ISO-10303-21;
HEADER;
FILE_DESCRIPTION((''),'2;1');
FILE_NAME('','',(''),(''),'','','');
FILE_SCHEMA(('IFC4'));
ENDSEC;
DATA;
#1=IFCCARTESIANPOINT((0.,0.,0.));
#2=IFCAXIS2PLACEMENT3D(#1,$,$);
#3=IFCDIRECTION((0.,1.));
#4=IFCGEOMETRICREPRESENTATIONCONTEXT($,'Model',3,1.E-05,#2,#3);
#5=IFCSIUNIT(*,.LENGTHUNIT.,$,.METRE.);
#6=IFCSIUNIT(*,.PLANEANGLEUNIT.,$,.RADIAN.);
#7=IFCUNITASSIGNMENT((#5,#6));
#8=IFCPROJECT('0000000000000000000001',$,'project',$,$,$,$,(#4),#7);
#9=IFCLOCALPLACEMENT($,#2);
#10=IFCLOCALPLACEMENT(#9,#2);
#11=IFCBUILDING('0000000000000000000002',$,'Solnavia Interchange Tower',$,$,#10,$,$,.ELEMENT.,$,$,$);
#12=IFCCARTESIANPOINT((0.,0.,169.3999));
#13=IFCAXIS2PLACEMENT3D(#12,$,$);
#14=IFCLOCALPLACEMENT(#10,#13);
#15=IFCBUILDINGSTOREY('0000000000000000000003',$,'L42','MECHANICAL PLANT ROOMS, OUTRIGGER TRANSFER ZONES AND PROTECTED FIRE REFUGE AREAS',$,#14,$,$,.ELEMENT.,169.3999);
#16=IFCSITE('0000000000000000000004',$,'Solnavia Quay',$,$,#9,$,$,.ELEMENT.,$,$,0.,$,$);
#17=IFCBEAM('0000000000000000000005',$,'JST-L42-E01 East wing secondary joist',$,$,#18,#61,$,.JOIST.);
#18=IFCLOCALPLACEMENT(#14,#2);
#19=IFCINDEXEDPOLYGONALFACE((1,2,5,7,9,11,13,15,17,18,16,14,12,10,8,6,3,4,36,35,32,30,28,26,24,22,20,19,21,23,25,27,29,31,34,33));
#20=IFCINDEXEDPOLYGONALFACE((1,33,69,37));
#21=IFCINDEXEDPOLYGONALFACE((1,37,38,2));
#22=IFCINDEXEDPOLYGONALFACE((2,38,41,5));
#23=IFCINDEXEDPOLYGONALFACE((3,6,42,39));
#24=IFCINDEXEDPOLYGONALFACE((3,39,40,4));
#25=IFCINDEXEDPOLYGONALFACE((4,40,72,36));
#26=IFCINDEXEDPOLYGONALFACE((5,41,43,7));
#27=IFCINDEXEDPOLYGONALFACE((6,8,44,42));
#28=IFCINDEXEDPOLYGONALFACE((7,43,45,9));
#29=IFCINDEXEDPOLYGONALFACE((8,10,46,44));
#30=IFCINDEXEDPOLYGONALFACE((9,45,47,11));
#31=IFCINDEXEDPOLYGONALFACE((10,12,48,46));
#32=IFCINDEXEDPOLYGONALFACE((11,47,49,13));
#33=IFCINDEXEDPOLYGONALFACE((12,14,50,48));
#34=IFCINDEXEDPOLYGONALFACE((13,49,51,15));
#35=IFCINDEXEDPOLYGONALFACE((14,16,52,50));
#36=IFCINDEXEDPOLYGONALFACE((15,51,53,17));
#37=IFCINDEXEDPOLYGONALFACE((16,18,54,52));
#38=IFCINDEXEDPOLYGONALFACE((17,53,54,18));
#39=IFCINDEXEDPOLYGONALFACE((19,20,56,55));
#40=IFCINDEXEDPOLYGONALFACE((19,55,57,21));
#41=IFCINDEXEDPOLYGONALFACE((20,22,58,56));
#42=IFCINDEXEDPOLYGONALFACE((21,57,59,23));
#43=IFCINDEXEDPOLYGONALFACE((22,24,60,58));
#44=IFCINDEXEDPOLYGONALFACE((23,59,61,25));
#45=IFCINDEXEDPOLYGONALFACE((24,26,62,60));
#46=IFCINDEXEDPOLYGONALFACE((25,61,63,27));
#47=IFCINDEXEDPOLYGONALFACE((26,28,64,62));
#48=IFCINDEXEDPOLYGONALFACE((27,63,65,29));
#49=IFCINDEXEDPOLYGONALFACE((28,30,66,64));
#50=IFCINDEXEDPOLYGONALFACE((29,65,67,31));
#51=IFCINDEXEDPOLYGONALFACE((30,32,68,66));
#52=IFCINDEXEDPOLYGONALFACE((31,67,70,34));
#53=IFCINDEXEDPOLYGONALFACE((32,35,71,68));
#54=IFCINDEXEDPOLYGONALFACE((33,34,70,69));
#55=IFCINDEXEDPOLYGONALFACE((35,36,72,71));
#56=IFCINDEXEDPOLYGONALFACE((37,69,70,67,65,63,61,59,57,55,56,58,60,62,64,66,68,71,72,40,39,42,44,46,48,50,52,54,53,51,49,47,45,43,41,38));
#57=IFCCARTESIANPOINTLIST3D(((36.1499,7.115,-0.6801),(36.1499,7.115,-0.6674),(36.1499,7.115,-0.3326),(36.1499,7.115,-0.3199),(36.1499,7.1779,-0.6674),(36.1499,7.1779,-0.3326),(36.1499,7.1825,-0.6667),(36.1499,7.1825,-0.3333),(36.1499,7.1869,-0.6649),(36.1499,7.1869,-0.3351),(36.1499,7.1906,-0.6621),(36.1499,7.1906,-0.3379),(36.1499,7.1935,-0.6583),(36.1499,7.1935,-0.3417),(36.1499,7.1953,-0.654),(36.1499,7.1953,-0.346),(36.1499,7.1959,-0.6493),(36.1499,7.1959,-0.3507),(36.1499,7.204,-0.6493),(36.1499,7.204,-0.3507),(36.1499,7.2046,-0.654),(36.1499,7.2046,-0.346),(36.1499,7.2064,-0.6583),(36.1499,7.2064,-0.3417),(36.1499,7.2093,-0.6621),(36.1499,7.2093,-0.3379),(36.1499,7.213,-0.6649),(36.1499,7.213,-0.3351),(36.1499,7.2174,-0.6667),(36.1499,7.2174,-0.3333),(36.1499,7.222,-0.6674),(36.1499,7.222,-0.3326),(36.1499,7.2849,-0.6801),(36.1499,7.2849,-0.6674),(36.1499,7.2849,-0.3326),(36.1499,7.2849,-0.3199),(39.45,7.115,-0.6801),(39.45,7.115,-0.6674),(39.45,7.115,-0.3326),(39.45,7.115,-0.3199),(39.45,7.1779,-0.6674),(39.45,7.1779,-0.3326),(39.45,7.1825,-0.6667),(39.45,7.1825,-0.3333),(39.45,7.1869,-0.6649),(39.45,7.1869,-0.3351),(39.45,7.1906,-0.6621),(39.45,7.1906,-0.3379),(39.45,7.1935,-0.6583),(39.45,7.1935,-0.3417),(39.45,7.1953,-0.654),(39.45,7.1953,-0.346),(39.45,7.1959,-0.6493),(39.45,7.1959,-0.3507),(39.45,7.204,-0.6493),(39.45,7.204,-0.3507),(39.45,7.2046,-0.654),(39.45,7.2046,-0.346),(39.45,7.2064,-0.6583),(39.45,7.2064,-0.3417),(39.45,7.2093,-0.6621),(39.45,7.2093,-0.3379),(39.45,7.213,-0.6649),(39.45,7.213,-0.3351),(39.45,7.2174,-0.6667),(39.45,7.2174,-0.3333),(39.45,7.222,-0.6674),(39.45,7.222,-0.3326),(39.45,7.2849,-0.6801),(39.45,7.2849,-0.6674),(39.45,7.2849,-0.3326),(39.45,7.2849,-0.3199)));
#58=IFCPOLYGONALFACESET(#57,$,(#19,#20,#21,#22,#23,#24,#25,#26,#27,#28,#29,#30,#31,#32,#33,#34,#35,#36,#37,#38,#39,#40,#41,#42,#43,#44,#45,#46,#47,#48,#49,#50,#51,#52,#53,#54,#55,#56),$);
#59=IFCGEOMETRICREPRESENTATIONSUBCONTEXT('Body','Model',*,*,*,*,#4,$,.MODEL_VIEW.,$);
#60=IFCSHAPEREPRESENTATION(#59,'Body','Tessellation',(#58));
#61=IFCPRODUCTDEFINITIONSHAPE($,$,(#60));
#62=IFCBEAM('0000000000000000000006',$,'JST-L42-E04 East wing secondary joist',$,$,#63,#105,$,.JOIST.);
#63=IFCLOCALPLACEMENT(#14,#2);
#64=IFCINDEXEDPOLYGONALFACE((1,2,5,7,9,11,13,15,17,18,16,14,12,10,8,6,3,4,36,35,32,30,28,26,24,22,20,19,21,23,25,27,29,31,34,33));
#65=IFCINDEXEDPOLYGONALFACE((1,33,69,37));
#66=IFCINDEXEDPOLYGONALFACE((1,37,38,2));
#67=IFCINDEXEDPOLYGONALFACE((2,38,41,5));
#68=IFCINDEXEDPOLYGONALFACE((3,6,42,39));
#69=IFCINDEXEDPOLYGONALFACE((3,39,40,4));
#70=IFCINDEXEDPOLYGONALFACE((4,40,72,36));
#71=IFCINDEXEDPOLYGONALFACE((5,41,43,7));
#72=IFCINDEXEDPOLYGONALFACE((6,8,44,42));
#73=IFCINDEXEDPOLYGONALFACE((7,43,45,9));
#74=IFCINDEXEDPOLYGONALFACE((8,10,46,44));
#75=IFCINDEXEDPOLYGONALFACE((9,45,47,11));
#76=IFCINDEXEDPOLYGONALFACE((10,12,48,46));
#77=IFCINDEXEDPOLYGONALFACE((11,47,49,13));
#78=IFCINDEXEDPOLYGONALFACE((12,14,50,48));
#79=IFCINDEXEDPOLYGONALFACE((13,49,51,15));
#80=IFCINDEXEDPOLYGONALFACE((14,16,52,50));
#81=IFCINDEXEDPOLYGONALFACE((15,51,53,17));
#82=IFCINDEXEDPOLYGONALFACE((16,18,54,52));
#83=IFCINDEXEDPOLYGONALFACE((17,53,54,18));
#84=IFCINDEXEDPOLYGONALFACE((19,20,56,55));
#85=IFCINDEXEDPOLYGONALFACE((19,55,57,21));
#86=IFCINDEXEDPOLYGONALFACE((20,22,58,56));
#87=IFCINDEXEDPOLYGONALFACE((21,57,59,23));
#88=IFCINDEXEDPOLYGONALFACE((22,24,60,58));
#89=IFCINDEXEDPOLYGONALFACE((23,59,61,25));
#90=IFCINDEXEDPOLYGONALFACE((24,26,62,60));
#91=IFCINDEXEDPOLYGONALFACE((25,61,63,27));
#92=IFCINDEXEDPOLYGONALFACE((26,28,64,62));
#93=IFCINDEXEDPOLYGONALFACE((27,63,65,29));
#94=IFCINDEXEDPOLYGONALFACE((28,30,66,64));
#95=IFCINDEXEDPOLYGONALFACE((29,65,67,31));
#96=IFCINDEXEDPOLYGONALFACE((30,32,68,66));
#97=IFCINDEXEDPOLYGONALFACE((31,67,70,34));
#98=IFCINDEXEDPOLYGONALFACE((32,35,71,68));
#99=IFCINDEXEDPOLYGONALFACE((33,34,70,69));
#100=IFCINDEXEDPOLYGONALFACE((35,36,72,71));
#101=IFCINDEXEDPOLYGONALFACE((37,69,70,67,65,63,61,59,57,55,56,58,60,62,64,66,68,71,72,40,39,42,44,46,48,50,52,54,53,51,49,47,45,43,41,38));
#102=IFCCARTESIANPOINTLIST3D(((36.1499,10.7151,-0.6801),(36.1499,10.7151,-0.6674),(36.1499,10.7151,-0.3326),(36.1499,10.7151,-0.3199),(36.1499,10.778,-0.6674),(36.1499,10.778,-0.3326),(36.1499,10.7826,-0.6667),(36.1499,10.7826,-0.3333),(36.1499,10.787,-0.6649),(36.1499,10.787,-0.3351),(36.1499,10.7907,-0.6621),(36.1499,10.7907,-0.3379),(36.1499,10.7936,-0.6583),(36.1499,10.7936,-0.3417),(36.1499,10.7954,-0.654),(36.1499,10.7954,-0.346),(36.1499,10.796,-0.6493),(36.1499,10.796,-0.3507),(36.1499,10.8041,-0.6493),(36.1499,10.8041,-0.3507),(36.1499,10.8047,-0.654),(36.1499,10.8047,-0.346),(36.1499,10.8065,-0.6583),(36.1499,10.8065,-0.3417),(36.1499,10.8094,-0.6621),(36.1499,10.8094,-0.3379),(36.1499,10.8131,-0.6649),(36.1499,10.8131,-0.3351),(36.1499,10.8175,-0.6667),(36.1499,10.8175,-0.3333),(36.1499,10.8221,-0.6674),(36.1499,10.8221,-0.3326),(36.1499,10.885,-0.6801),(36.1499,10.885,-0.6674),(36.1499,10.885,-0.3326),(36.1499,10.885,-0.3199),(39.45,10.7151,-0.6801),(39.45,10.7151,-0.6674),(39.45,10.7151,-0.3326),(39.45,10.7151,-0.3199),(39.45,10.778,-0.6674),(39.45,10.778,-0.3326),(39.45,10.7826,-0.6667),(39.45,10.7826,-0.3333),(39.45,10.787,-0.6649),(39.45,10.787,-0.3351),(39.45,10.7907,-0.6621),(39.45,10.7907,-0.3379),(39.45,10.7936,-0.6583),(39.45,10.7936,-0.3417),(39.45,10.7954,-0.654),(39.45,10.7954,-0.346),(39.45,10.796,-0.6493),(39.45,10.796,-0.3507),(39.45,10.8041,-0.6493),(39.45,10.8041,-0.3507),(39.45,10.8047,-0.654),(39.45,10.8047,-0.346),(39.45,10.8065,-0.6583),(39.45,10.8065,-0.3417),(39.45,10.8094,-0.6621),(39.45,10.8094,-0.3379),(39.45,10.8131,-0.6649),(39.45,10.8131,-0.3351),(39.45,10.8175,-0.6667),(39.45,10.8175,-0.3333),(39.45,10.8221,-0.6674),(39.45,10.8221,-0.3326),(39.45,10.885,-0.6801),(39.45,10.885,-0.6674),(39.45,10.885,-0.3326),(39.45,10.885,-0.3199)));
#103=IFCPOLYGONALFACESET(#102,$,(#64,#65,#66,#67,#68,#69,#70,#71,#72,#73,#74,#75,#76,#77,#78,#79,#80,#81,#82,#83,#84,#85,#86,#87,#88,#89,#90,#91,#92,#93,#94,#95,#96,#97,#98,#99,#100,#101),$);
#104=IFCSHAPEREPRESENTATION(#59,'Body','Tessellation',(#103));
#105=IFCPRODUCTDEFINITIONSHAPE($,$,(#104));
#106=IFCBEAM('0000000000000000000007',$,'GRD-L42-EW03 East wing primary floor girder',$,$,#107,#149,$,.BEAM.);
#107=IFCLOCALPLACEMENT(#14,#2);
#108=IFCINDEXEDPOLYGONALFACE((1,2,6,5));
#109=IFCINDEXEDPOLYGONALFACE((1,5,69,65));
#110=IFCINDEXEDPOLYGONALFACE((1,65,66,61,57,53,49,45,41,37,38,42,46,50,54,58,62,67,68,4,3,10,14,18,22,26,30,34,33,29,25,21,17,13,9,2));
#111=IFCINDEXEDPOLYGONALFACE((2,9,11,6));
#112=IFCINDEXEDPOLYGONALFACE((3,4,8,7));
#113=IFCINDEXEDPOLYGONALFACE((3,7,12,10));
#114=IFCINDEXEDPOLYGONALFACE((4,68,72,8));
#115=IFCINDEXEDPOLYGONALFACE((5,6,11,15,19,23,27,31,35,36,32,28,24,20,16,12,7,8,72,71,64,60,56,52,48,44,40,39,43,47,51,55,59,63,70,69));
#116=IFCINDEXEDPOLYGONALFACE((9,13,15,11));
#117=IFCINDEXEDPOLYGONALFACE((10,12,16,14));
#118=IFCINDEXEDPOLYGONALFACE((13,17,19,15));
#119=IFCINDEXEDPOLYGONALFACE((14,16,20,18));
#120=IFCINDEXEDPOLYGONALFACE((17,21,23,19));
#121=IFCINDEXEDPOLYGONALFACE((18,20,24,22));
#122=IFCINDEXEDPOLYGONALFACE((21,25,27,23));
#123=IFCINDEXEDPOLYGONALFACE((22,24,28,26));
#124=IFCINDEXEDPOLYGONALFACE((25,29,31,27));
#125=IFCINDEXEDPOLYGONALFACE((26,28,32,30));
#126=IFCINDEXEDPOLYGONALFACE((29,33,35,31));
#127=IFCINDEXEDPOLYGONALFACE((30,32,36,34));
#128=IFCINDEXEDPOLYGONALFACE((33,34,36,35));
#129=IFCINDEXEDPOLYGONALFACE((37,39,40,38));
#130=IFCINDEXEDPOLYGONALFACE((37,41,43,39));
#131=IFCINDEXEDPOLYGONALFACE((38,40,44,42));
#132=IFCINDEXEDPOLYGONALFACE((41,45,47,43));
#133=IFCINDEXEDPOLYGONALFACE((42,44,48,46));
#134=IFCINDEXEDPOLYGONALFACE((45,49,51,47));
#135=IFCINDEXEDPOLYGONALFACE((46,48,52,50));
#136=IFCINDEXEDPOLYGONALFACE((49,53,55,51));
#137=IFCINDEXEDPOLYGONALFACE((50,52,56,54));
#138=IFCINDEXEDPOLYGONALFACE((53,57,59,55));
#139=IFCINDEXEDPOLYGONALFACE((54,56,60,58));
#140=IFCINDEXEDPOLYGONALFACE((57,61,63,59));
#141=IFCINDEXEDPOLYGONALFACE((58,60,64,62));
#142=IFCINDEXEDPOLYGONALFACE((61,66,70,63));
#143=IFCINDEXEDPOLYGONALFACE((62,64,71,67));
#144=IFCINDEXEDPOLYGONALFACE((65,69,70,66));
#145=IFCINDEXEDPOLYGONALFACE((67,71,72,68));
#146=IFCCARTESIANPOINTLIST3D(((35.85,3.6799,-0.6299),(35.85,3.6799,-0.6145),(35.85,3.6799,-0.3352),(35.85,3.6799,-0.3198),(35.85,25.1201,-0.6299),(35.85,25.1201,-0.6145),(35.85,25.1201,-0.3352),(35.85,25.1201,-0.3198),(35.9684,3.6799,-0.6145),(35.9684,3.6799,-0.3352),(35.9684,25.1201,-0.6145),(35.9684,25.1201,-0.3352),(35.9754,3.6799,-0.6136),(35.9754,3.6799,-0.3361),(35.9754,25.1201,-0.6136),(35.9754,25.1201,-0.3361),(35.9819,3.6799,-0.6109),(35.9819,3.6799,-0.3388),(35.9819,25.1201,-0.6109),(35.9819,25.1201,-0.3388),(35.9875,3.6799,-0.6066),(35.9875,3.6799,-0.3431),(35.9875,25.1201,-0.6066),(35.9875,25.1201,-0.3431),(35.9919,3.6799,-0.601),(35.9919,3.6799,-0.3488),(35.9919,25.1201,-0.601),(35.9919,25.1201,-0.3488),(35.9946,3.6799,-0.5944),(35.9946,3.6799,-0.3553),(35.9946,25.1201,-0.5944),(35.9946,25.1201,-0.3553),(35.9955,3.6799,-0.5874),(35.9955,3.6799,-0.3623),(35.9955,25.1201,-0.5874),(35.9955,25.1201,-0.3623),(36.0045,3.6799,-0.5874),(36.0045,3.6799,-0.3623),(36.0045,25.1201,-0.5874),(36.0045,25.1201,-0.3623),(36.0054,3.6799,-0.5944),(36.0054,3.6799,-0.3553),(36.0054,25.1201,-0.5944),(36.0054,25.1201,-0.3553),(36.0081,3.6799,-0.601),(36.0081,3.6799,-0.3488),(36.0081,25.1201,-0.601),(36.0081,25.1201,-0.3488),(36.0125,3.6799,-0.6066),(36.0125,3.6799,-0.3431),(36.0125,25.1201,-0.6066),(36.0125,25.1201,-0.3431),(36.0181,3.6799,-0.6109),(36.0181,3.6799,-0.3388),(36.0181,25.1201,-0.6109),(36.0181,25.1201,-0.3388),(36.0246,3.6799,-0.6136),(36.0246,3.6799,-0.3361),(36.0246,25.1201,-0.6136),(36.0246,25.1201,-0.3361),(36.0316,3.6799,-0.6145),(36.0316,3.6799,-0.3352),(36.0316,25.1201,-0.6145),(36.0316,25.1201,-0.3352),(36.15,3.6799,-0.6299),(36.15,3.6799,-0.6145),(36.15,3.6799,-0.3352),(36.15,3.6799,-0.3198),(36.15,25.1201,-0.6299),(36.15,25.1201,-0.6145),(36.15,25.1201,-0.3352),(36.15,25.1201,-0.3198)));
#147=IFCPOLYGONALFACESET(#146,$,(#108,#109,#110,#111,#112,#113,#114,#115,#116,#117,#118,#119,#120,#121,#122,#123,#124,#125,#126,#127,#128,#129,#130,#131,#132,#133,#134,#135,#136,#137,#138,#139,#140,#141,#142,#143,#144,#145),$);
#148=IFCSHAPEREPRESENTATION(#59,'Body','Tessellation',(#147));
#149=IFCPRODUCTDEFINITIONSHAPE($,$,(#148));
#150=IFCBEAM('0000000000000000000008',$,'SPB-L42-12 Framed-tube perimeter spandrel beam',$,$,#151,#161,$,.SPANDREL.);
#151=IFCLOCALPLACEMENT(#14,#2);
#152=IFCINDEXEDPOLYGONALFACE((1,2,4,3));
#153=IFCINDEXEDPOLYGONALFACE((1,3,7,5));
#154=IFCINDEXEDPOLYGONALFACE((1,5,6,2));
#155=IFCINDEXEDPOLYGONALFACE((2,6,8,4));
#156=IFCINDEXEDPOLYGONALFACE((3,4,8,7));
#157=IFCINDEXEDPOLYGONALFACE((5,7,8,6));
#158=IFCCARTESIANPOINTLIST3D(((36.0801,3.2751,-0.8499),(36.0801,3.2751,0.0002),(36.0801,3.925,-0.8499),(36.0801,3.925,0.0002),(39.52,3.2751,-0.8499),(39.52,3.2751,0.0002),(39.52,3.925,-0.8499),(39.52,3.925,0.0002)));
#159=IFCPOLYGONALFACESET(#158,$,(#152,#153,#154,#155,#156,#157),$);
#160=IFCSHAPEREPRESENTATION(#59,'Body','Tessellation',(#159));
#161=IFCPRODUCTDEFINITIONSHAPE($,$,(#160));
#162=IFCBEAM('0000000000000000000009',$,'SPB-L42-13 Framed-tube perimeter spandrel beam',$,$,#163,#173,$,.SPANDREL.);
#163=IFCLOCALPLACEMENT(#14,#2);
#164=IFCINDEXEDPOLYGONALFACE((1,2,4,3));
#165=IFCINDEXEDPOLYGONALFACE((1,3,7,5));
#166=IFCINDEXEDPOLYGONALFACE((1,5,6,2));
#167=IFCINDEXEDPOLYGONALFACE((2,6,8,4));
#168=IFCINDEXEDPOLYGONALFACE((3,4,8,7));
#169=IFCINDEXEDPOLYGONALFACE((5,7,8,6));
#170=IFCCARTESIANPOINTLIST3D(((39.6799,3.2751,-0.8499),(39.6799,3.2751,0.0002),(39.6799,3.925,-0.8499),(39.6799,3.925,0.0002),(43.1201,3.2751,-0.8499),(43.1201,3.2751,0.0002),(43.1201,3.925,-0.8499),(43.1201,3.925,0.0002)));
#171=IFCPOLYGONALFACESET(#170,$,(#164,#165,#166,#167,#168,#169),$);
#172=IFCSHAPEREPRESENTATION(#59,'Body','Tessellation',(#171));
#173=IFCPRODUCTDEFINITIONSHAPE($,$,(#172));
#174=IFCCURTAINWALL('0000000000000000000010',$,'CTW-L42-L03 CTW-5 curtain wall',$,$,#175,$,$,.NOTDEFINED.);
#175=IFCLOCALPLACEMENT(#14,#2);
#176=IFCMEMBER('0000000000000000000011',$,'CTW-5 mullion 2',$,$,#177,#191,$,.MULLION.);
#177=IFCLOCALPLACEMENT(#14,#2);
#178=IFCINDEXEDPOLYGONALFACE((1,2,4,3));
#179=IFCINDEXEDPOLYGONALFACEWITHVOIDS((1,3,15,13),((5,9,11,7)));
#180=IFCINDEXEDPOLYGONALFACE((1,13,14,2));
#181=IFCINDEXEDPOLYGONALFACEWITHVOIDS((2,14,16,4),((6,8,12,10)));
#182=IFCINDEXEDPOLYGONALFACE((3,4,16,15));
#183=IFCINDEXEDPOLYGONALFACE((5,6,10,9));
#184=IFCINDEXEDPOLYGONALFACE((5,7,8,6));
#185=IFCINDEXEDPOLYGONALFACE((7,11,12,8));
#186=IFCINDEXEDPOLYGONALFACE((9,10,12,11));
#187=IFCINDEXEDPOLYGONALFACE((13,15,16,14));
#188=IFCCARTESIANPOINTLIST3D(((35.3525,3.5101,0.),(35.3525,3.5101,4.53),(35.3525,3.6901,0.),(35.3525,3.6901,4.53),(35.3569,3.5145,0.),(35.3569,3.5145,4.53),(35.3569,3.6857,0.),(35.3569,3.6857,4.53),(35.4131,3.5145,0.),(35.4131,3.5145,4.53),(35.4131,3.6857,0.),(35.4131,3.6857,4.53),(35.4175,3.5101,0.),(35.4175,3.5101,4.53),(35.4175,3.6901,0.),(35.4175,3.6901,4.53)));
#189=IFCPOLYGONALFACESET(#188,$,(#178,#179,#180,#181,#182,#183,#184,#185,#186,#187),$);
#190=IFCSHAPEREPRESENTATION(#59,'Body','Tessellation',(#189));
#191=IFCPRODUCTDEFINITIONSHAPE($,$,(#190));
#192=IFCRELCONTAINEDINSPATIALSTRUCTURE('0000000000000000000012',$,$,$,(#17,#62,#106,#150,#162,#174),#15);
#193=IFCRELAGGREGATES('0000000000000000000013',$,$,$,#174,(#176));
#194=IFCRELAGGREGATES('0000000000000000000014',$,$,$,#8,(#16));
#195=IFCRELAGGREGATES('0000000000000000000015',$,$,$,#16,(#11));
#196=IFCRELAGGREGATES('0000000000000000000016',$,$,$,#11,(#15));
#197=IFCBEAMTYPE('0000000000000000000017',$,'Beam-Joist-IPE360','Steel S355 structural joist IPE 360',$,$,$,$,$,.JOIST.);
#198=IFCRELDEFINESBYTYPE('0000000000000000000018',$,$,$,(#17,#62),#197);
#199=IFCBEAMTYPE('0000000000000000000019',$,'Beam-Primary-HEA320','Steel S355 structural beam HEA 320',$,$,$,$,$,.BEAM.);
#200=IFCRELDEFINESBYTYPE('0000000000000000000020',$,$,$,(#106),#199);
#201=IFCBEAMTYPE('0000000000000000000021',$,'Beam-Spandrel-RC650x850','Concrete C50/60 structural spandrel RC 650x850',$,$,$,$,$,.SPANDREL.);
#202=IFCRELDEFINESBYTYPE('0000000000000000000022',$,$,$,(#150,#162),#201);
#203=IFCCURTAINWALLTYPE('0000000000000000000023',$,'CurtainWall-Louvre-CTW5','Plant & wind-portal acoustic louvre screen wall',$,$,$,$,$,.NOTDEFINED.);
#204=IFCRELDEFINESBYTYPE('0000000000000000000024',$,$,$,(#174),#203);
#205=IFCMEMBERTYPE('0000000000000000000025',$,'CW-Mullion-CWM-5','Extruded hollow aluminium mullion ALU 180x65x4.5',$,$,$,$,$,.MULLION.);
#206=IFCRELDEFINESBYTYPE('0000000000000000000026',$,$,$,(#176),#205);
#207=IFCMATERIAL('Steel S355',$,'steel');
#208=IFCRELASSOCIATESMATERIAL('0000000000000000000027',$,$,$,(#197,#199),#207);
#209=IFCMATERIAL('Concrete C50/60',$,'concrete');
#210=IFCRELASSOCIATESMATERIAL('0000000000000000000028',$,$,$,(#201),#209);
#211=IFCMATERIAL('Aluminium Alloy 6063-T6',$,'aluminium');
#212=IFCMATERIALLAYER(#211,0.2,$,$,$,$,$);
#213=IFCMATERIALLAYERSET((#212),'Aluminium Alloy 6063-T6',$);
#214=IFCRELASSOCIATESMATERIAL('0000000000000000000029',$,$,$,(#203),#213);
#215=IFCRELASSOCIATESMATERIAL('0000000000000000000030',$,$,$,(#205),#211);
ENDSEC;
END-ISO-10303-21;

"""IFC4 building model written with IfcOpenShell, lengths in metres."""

from ifc_helpers import new_model, si_unit, direction, frame, origin, origin_2d, place, context, subcontext, project, spatial, rectangle, hollow_rectangle, i_section, extrude, material, layer, layer_set, material_profile, profile_set, type_object, element, aggregate, save


model = new_model("IFC4")

# Units and contexts
model_context = context("Model", 3, precision=1e-05, world=origin(), true_north=direction((0.0, 1.0)))
body_context = subcontext(model_context, "Body", "Model", "MODEL_VIEW")
ifc_project = project(units=[si_unit("LENGTHUNIT", "METRE"), si_unit("PLANEANGLEUNIT", "RADIAN")], contexts=[model_context])

# Site, building, storey
site_placement = place(None, origin())
site = spatial("IfcSite", under=ifc_project, at=site_placement, Name="Solnavia Quay", CompositionType="ELEMENT", RefElevation=0.0)
building_placement = place(site_placement, origin())
building = spatial("IfcBuilding", under=site, at=building_placement, Name="Solnavia Interchange Tower", CompositionType="ELEMENT")
storey_placement = place(building_placement, frame((0.0, 0.0, 169.3999)))
storey = spatial("IfcBuildingStorey", under=building, at=storey_placement, Name="L42", Description="MECHANICAL PLANT ROOMS, OUTRIGGER TRANSFER ZONES AND PROTECTED FIRE REFUGE AREAS", CompositionType="ELEMENT", Elevation=169.3999)

# Shared definitions
ifc_material_1 = material(Name="Concrete C50/60", Category="concrete")

# Beams
ifc_material_2 = material(Name="Steel S355", Category="steel")
ifc_material_profile_1 = material_profile(ifc_material_2, i_section(OverallWidth=0.1699, OverallDepth=0.3601, WebThickness=0.0081, FlangeThickness=0.0127, FilletRadius=0.0181, at=origin_2d()), Name="IPE 360")
ifc_profile_set_1 = profile_set([ifc_material_profile_1], Name="Steel S355")
beam_type_1 = type_object("IfcBeamType", Name="Beam-Joist-IPE360", Description="Steel S355 structural joist IPE 360", PredefinedType="JOIST", material=ifc_profile_set_1)
for number, where, z_axis, x_axis, name in (
    (1, (36.1499, 7.2, -0.5), (1.0, 0.0, 0.0), (0.0, 1.0, 0.0), "JST-L42-E01 East wing secondary joist"),
    (2, (36.1499, 10.8, -0.5), (1.0, 0.0, 0.0), (0.0, 1.0, 0.0), "JST-L42-E04 East wing secondary joist"),
):
    element("IfcBeam", number, at=place(storey_placement, frame(where, z_axis=z_axis, x_axis=x_axis)), inside=storey, type_object=beam_type_1, Name=name, PredefinedType="JOIST", context=body_context, shape_type="SweptSolid", body=[
        extrude(i_section(OverallWidth=0.1699, OverallDepth=0.3601, WebThickness=0.0081, FlangeThickness=0.0127, FilletRadius=0.0181, at=origin_2d()), origin(), (0.0, 0.0, 1.0), 3.3),
    ])
ifc_material_profile_2 = material_profile(ifc_material_2, i_section(OverallWidth=0.3, OverallDepth=0.3101, WebThickness=0.009, FlangeThickness=0.0154, FilletRadius=0.0271, at=origin_2d()), Name="HEA 320")
ifc_profile_set_2 = profile_set([ifc_material_profile_2], Name="Steel S355")
beam_type_2 = type_object("IfcBeamType", Name="Beam-Primary-HEA320", Description="Steel S355 structural beam HEA 320", PredefinedType="BEAM", material=ifc_profile_set_2)
beam_1_placement = place(storey_placement, frame((36.0, 3.6799, -0.4749), z_axis=(0.0, 1.0, 0.0), x_axis=(-1.0, 0.0, 0.0)))
element("IfcBeam", 3, at=beam_1_placement, inside=storey, type_object=beam_type_2, Name="GRD-L42-EW03 East wing primary floor girder", PredefinedType="BEAM", context=body_context, shape_type="SweptSolid", body=[
    extrude(i_section(OverallWidth=0.3, OverallDepth=0.3101, WebThickness=0.009, FlangeThickness=0.0154, FilletRadius=0.0271, at=origin_2d()), origin(), (0.0, 0.0, 1.0), 21.4402),
])
ifc_material_profile_3 = material_profile(ifc_material_1, rectangle(XDim=0.6499, YDim=0.8501, at=origin_2d()), Name="RC 650x850")
ifc_profile_set_3 = profile_set([ifc_material_profile_3], Name="Concrete C50/60")
beam_type_3 = type_object("IfcBeamType", Name="Beam-Spandrel-RC650x850", Description="Concrete C50/60 structural spandrel RC 650x850", PredefinedType="SPANDREL", material=ifc_profile_set_3)
beam_2_placement = place(storey_placement, frame((36.0801, 3.6001, -0.4248), z_axis=(1.0, 0.0, 0.0), x_axis=(0.0, 1.0, 0.0)))
element("IfcBeam", 4, at=beam_2_placement, inside=storey, type_object=beam_type_3, Name="SPB-L42-12 Framed-tube perimeter spandrel beam", PredefinedType="SPANDREL", context=body_context, shape_type="SweptSolid", body=[
    extrude(rectangle(XDim=0.6499, YDim=0.8501, at=origin_2d()), origin(), (0.0, 0.0, 1.0), 3.4399),
])
beam_3_placement = place(storey_placement, frame((39.6799, 3.6001, -0.4248), z_axis=(1.0, 0.0, 0.0), x_axis=(0.0, 1.0, 0.0)))
element("IfcBeam", 5, at=beam_3_placement, inside=storey, type_object=beam_type_3, Name="SPB-L42-13 Framed-tube perimeter spandrel beam", PredefinedType="SPANDREL", context=body_context, shape_type="SweptSolid", body=[
    extrude(rectangle(XDim=0.6499, YDim=0.8501, at=origin_2d()), origin(), (0.0, 0.0, 1.0), 3.4402),
])

# Curtain wall, member
ifc_material_3 = material(Name="Aluminium Alloy 6063-T6", Category="aluminium")
ifc_layer_1 = layer(ifc_material_3, 0.2)
ifc_layer_set_1 = layer_set([ifc_layer_1], Name="Aluminium Alloy 6063-T6")
curtain_wall_type = type_object("IfcCurtainWallType", Name="CurtainWall-Louvre-CTW5", Description="Plant & wind-portal acoustic louvre screen wall", PredefinedType="NOTDEFINED", material=ifc_layer_set_1)
curtain_wall_placement = place(storey_placement, origin())
curtain_wall = element("IfcCurtainWall", 6, at=curtain_wall_placement, inside=storey, type_object=curtain_wall_type, Name="CTW-L42-L03 CTW-5 curtain wall", PredefinedType="NOTDEFINED")
ifc_material_profile_4 = material_profile(ifc_material_3, hollow_rectangle(XDim=0.0649, YDim=0.1799, WallThickness=0.0044, at=origin_2d()), Name="ALU 180x65x4.5")
ifc_profile_set_4 = profile_set([ifc_material_profile_4], Name="Aluminium Alloy 6063-T6")
member_type_1 = type_object("IfcMemberType", Name="CW-Mullion-CWM-5", Description="Extruded hollow aluminium mullion ALU 180x65x4.5", PredefinedType="MULLION", material=ifc_profile_set_4)
member_1_placement = place(storey_placement, frame((35.385, 3.6001, 0.0), z_axis=(0.0, 0.0, 1.0), x_axis=(1.0, 0.0, 0.0)))
member_1 = element("IfcMember", 7, at=member_1_placement, type_object=member_type_1, Name="CTW-5 mullion 2", PredefinedType="MULLION", context=body_context, shape_type="SweptSolid", body=[
    extrude(hollow_rectangle(XDim=0.0649, YDim=0.1799, WallThickness=0.0044, at=origin_2d()), origin(), (0.0, 0.0, 1.0), 4.53),
])

aggregate(curtain_wall, [member_1])

save(model, "model.ifc")
